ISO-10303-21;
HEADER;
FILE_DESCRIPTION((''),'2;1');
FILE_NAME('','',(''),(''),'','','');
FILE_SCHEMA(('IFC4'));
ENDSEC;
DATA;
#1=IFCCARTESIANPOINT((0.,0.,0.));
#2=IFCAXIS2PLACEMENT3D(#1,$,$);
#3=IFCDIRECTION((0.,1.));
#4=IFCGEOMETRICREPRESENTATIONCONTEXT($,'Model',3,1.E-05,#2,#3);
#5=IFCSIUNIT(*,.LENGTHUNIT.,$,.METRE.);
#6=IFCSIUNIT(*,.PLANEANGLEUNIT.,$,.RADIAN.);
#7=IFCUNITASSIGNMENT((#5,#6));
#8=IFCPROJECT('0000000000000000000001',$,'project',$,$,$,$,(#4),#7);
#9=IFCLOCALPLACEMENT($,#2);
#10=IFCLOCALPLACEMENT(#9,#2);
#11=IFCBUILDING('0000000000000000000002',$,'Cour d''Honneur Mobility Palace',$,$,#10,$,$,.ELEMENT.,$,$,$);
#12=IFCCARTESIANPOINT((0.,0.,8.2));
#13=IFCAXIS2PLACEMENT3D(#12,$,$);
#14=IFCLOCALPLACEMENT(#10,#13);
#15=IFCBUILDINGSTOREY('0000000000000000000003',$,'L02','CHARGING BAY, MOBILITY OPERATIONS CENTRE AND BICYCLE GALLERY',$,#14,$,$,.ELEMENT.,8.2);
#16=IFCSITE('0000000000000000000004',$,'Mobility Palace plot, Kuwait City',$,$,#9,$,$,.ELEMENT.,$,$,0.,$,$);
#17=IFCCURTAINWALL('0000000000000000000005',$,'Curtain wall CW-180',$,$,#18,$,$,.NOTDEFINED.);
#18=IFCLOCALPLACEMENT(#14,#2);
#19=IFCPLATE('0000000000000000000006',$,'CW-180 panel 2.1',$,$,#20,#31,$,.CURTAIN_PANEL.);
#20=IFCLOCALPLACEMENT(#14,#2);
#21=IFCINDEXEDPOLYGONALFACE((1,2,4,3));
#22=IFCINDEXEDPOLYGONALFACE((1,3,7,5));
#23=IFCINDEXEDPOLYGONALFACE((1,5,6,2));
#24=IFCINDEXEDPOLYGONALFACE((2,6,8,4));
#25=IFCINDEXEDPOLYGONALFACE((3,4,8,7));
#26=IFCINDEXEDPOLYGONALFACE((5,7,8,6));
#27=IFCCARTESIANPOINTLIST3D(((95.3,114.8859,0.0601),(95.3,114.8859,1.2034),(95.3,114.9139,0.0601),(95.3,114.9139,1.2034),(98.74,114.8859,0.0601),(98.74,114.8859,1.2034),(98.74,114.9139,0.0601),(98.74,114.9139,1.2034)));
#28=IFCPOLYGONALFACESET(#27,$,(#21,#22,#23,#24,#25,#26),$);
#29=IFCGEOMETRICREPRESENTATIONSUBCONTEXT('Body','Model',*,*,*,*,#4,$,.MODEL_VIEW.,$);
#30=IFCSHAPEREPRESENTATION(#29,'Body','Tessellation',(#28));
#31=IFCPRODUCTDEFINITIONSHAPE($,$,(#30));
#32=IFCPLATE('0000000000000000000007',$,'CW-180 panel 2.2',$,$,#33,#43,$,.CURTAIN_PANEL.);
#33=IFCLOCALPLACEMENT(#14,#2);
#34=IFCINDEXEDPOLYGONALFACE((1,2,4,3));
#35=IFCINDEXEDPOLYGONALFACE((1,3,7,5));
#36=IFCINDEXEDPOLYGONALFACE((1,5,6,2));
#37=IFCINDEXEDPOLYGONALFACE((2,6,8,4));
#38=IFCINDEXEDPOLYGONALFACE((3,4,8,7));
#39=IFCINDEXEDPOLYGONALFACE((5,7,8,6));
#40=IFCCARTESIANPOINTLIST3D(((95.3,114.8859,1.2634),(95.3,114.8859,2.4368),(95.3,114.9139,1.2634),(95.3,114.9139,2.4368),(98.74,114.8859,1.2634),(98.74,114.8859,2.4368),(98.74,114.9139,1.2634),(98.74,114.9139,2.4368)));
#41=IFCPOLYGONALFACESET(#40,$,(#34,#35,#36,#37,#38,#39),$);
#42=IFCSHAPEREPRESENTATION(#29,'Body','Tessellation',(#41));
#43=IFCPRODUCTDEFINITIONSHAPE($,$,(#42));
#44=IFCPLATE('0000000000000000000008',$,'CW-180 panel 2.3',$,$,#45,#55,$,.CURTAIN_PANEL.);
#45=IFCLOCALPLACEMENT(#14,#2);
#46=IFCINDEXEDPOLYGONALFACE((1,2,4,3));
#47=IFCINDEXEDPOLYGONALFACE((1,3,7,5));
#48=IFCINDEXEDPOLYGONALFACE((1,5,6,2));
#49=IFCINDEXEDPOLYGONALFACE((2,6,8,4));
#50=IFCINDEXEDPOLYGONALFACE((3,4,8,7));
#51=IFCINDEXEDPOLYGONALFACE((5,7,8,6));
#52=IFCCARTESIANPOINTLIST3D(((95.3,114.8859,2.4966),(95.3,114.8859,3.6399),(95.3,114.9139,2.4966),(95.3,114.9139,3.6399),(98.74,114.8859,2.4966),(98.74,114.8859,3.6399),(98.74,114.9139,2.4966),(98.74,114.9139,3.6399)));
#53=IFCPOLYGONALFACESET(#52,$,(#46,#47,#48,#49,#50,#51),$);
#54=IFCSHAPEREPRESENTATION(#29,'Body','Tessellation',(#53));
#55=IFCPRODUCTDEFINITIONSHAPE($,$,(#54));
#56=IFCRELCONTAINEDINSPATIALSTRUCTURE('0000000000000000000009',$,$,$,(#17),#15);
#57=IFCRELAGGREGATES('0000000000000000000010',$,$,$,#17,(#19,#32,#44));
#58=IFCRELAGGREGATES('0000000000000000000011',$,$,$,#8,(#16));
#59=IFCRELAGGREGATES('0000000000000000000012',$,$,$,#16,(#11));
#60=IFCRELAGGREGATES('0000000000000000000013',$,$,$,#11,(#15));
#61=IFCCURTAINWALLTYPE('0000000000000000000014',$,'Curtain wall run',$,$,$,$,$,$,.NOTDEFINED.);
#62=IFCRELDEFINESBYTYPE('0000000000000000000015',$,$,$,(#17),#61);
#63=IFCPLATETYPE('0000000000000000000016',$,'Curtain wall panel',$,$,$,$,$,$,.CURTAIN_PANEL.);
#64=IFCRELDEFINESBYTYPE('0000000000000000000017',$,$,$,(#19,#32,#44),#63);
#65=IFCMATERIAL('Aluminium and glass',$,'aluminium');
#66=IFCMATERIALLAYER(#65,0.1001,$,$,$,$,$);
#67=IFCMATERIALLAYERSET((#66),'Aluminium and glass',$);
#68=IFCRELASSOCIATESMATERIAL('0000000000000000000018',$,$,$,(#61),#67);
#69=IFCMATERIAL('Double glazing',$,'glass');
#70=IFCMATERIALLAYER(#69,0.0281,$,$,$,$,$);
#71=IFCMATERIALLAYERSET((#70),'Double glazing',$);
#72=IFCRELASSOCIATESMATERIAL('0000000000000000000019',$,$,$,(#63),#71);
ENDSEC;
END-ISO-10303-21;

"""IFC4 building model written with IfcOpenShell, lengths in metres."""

from ifc_helpers import new_model, si_unit, direction, frame, origin, origin_2d, place, context, subcontext, project, spatial, rectangle, extrude, material, layer, layer_set, type_object, element, aggregate, save


model = new_model("IFC4")

# Units and contexts
model_context = context("Model", 3, precision=1e-05, world=origin(), true_north=direction((0.0, 1.0)))
body_context = subcontext(model_context, "Body", "Model", "MODEL_VIEW")
ifc_project = project(units=[si_unit("LENGTHUNIT", "METRE"), si_unit("PLANEANGLEUNIT", "RADIAN")], contexts=[model_context])

# Site, building, storey
site_placement = place(None, origin())
site = spatial("IfcSite", under=ifc_project, at=site_placement, Name="Mobility Palace plot, Kuwait City", CompositionType="ELEMENT", RefElevation=0.0)
building_placement = place(site_placement, origin())
building = spatial("IfcBuilding", under=site, at=building_placement, Name="Cour d'Honneur Mobility Palace", CompositionType="ELEMENT")
storey_placement = place(building_placement, frame((0.0, 0.0, 8.2)))
storey = spatial("IfcBuildingStorey", under=building, at=storey_placement, Name="L02", Description="CHARGING BAY, MOBILITY OPERATIONS CENTRE AND BICYCLE GALLERY", CompositionType="ELEMENT", Elevation=8.2)

# Curtain wall
ifc_material_1 = material(Name="Aluminium and glass", Category="aluminium")
ifc_layer_1 = layer(ifc_material_1, 0.1001)
ifc_layer_set_1 = layer_set([ifc_layer_1], Name="Aluminium and glass")
curtain_wall_type = type_object("IfcCurtainWallType", Name="Curtain wall run", PredefinedType="NOTDEFINED", material=ifc_layer_set_1)
curtain_wall_1_placement = place(storey_placement, origin())
curtain_wall_1 = element("IfcCurtainWall", 1, at=curtain_wall_1_placement, inside=storey, type_object=curtain_wall_type, Name="Curtain wall CW-180", PredefinedType="NOTDEFINED")

# Plates
ifc_material_2 = material(Name="Double glazing", Category="glass")
ifc_layer_2 = layer(ifc_material_2, 0.0281)
ifc_layer_set_2 = layer_set([ifc_layer_2], Name="Double glazing")
plate_type = type_object("IfcPlateType", Name="Curtain wall panel", PredefinedType="CURTAIN_PANEL", material=ifc_layer_set_2)
plate_1_placement = place(storey_placement, frame((97.02, 114.8999, 0.0601), z_axis=(0.0, 0.0, 1.0), x_axis=(1.0, 0.0, 0.0)))
plate_1 = element("IfcPlate", 2, at=plate_1_placement, type_object=plate_type, Name="CW-180 panel 2.1", PredefinedType="CURTAIN_PANEL", context=body_context, shape_type="SweptSolid", body=[
    extrude(rectangle(XDim=3.4399, YDim=0.0281, at=origin_2d()), origin(), (0.0, 0.0, 1.0), 1.1433),
])
plate_2_placement = place(storey_placement, frame((97.02, 114.8999, 1.2634), z_axis=(0.0, 0.0, 1.0), x_axis=(1.0, 0.0, 0.0)))
plate_2 = element("IfcPlate", 3, at=plate_2_placement, type_object=plate_type, Name="CW-180 panel 2.2", PredefinedType="CURTAIN_PANEL", context=body_context, shape_type="SweptSolid", body=[
    extrude(rectangle(XDim=3.4399, YDim=0.0281, at=origin_2d()), origin(), (0.0, 0.0, 1.0), 1.1733),
])
plate_3_placement = place(storey_placement, frame((97.02, 114.8999, 2.4966), z_axis=(0.0, 0.0, 1.0), x_axis=(1.0, 0.0, 0.0)))
plate_3 = element("IfcPlate", 4, at=plate_3_placement, type_object=plate_type, Name="CW-180 panel 2.3", PredefinedType="CURTAIN_PANEL", context=body_context, shape_type="SweptSolid", body=[
    extrude(rectangle(XDim=3.4399, YDim=0.0281, at=origin_2d()), origin(), (0.0, 0.0, 1.0), 1.1433),
])
aggregate(curtain_wall_1, [plate_1, plate_2, plate_3])

save(model, "model.ifc")
